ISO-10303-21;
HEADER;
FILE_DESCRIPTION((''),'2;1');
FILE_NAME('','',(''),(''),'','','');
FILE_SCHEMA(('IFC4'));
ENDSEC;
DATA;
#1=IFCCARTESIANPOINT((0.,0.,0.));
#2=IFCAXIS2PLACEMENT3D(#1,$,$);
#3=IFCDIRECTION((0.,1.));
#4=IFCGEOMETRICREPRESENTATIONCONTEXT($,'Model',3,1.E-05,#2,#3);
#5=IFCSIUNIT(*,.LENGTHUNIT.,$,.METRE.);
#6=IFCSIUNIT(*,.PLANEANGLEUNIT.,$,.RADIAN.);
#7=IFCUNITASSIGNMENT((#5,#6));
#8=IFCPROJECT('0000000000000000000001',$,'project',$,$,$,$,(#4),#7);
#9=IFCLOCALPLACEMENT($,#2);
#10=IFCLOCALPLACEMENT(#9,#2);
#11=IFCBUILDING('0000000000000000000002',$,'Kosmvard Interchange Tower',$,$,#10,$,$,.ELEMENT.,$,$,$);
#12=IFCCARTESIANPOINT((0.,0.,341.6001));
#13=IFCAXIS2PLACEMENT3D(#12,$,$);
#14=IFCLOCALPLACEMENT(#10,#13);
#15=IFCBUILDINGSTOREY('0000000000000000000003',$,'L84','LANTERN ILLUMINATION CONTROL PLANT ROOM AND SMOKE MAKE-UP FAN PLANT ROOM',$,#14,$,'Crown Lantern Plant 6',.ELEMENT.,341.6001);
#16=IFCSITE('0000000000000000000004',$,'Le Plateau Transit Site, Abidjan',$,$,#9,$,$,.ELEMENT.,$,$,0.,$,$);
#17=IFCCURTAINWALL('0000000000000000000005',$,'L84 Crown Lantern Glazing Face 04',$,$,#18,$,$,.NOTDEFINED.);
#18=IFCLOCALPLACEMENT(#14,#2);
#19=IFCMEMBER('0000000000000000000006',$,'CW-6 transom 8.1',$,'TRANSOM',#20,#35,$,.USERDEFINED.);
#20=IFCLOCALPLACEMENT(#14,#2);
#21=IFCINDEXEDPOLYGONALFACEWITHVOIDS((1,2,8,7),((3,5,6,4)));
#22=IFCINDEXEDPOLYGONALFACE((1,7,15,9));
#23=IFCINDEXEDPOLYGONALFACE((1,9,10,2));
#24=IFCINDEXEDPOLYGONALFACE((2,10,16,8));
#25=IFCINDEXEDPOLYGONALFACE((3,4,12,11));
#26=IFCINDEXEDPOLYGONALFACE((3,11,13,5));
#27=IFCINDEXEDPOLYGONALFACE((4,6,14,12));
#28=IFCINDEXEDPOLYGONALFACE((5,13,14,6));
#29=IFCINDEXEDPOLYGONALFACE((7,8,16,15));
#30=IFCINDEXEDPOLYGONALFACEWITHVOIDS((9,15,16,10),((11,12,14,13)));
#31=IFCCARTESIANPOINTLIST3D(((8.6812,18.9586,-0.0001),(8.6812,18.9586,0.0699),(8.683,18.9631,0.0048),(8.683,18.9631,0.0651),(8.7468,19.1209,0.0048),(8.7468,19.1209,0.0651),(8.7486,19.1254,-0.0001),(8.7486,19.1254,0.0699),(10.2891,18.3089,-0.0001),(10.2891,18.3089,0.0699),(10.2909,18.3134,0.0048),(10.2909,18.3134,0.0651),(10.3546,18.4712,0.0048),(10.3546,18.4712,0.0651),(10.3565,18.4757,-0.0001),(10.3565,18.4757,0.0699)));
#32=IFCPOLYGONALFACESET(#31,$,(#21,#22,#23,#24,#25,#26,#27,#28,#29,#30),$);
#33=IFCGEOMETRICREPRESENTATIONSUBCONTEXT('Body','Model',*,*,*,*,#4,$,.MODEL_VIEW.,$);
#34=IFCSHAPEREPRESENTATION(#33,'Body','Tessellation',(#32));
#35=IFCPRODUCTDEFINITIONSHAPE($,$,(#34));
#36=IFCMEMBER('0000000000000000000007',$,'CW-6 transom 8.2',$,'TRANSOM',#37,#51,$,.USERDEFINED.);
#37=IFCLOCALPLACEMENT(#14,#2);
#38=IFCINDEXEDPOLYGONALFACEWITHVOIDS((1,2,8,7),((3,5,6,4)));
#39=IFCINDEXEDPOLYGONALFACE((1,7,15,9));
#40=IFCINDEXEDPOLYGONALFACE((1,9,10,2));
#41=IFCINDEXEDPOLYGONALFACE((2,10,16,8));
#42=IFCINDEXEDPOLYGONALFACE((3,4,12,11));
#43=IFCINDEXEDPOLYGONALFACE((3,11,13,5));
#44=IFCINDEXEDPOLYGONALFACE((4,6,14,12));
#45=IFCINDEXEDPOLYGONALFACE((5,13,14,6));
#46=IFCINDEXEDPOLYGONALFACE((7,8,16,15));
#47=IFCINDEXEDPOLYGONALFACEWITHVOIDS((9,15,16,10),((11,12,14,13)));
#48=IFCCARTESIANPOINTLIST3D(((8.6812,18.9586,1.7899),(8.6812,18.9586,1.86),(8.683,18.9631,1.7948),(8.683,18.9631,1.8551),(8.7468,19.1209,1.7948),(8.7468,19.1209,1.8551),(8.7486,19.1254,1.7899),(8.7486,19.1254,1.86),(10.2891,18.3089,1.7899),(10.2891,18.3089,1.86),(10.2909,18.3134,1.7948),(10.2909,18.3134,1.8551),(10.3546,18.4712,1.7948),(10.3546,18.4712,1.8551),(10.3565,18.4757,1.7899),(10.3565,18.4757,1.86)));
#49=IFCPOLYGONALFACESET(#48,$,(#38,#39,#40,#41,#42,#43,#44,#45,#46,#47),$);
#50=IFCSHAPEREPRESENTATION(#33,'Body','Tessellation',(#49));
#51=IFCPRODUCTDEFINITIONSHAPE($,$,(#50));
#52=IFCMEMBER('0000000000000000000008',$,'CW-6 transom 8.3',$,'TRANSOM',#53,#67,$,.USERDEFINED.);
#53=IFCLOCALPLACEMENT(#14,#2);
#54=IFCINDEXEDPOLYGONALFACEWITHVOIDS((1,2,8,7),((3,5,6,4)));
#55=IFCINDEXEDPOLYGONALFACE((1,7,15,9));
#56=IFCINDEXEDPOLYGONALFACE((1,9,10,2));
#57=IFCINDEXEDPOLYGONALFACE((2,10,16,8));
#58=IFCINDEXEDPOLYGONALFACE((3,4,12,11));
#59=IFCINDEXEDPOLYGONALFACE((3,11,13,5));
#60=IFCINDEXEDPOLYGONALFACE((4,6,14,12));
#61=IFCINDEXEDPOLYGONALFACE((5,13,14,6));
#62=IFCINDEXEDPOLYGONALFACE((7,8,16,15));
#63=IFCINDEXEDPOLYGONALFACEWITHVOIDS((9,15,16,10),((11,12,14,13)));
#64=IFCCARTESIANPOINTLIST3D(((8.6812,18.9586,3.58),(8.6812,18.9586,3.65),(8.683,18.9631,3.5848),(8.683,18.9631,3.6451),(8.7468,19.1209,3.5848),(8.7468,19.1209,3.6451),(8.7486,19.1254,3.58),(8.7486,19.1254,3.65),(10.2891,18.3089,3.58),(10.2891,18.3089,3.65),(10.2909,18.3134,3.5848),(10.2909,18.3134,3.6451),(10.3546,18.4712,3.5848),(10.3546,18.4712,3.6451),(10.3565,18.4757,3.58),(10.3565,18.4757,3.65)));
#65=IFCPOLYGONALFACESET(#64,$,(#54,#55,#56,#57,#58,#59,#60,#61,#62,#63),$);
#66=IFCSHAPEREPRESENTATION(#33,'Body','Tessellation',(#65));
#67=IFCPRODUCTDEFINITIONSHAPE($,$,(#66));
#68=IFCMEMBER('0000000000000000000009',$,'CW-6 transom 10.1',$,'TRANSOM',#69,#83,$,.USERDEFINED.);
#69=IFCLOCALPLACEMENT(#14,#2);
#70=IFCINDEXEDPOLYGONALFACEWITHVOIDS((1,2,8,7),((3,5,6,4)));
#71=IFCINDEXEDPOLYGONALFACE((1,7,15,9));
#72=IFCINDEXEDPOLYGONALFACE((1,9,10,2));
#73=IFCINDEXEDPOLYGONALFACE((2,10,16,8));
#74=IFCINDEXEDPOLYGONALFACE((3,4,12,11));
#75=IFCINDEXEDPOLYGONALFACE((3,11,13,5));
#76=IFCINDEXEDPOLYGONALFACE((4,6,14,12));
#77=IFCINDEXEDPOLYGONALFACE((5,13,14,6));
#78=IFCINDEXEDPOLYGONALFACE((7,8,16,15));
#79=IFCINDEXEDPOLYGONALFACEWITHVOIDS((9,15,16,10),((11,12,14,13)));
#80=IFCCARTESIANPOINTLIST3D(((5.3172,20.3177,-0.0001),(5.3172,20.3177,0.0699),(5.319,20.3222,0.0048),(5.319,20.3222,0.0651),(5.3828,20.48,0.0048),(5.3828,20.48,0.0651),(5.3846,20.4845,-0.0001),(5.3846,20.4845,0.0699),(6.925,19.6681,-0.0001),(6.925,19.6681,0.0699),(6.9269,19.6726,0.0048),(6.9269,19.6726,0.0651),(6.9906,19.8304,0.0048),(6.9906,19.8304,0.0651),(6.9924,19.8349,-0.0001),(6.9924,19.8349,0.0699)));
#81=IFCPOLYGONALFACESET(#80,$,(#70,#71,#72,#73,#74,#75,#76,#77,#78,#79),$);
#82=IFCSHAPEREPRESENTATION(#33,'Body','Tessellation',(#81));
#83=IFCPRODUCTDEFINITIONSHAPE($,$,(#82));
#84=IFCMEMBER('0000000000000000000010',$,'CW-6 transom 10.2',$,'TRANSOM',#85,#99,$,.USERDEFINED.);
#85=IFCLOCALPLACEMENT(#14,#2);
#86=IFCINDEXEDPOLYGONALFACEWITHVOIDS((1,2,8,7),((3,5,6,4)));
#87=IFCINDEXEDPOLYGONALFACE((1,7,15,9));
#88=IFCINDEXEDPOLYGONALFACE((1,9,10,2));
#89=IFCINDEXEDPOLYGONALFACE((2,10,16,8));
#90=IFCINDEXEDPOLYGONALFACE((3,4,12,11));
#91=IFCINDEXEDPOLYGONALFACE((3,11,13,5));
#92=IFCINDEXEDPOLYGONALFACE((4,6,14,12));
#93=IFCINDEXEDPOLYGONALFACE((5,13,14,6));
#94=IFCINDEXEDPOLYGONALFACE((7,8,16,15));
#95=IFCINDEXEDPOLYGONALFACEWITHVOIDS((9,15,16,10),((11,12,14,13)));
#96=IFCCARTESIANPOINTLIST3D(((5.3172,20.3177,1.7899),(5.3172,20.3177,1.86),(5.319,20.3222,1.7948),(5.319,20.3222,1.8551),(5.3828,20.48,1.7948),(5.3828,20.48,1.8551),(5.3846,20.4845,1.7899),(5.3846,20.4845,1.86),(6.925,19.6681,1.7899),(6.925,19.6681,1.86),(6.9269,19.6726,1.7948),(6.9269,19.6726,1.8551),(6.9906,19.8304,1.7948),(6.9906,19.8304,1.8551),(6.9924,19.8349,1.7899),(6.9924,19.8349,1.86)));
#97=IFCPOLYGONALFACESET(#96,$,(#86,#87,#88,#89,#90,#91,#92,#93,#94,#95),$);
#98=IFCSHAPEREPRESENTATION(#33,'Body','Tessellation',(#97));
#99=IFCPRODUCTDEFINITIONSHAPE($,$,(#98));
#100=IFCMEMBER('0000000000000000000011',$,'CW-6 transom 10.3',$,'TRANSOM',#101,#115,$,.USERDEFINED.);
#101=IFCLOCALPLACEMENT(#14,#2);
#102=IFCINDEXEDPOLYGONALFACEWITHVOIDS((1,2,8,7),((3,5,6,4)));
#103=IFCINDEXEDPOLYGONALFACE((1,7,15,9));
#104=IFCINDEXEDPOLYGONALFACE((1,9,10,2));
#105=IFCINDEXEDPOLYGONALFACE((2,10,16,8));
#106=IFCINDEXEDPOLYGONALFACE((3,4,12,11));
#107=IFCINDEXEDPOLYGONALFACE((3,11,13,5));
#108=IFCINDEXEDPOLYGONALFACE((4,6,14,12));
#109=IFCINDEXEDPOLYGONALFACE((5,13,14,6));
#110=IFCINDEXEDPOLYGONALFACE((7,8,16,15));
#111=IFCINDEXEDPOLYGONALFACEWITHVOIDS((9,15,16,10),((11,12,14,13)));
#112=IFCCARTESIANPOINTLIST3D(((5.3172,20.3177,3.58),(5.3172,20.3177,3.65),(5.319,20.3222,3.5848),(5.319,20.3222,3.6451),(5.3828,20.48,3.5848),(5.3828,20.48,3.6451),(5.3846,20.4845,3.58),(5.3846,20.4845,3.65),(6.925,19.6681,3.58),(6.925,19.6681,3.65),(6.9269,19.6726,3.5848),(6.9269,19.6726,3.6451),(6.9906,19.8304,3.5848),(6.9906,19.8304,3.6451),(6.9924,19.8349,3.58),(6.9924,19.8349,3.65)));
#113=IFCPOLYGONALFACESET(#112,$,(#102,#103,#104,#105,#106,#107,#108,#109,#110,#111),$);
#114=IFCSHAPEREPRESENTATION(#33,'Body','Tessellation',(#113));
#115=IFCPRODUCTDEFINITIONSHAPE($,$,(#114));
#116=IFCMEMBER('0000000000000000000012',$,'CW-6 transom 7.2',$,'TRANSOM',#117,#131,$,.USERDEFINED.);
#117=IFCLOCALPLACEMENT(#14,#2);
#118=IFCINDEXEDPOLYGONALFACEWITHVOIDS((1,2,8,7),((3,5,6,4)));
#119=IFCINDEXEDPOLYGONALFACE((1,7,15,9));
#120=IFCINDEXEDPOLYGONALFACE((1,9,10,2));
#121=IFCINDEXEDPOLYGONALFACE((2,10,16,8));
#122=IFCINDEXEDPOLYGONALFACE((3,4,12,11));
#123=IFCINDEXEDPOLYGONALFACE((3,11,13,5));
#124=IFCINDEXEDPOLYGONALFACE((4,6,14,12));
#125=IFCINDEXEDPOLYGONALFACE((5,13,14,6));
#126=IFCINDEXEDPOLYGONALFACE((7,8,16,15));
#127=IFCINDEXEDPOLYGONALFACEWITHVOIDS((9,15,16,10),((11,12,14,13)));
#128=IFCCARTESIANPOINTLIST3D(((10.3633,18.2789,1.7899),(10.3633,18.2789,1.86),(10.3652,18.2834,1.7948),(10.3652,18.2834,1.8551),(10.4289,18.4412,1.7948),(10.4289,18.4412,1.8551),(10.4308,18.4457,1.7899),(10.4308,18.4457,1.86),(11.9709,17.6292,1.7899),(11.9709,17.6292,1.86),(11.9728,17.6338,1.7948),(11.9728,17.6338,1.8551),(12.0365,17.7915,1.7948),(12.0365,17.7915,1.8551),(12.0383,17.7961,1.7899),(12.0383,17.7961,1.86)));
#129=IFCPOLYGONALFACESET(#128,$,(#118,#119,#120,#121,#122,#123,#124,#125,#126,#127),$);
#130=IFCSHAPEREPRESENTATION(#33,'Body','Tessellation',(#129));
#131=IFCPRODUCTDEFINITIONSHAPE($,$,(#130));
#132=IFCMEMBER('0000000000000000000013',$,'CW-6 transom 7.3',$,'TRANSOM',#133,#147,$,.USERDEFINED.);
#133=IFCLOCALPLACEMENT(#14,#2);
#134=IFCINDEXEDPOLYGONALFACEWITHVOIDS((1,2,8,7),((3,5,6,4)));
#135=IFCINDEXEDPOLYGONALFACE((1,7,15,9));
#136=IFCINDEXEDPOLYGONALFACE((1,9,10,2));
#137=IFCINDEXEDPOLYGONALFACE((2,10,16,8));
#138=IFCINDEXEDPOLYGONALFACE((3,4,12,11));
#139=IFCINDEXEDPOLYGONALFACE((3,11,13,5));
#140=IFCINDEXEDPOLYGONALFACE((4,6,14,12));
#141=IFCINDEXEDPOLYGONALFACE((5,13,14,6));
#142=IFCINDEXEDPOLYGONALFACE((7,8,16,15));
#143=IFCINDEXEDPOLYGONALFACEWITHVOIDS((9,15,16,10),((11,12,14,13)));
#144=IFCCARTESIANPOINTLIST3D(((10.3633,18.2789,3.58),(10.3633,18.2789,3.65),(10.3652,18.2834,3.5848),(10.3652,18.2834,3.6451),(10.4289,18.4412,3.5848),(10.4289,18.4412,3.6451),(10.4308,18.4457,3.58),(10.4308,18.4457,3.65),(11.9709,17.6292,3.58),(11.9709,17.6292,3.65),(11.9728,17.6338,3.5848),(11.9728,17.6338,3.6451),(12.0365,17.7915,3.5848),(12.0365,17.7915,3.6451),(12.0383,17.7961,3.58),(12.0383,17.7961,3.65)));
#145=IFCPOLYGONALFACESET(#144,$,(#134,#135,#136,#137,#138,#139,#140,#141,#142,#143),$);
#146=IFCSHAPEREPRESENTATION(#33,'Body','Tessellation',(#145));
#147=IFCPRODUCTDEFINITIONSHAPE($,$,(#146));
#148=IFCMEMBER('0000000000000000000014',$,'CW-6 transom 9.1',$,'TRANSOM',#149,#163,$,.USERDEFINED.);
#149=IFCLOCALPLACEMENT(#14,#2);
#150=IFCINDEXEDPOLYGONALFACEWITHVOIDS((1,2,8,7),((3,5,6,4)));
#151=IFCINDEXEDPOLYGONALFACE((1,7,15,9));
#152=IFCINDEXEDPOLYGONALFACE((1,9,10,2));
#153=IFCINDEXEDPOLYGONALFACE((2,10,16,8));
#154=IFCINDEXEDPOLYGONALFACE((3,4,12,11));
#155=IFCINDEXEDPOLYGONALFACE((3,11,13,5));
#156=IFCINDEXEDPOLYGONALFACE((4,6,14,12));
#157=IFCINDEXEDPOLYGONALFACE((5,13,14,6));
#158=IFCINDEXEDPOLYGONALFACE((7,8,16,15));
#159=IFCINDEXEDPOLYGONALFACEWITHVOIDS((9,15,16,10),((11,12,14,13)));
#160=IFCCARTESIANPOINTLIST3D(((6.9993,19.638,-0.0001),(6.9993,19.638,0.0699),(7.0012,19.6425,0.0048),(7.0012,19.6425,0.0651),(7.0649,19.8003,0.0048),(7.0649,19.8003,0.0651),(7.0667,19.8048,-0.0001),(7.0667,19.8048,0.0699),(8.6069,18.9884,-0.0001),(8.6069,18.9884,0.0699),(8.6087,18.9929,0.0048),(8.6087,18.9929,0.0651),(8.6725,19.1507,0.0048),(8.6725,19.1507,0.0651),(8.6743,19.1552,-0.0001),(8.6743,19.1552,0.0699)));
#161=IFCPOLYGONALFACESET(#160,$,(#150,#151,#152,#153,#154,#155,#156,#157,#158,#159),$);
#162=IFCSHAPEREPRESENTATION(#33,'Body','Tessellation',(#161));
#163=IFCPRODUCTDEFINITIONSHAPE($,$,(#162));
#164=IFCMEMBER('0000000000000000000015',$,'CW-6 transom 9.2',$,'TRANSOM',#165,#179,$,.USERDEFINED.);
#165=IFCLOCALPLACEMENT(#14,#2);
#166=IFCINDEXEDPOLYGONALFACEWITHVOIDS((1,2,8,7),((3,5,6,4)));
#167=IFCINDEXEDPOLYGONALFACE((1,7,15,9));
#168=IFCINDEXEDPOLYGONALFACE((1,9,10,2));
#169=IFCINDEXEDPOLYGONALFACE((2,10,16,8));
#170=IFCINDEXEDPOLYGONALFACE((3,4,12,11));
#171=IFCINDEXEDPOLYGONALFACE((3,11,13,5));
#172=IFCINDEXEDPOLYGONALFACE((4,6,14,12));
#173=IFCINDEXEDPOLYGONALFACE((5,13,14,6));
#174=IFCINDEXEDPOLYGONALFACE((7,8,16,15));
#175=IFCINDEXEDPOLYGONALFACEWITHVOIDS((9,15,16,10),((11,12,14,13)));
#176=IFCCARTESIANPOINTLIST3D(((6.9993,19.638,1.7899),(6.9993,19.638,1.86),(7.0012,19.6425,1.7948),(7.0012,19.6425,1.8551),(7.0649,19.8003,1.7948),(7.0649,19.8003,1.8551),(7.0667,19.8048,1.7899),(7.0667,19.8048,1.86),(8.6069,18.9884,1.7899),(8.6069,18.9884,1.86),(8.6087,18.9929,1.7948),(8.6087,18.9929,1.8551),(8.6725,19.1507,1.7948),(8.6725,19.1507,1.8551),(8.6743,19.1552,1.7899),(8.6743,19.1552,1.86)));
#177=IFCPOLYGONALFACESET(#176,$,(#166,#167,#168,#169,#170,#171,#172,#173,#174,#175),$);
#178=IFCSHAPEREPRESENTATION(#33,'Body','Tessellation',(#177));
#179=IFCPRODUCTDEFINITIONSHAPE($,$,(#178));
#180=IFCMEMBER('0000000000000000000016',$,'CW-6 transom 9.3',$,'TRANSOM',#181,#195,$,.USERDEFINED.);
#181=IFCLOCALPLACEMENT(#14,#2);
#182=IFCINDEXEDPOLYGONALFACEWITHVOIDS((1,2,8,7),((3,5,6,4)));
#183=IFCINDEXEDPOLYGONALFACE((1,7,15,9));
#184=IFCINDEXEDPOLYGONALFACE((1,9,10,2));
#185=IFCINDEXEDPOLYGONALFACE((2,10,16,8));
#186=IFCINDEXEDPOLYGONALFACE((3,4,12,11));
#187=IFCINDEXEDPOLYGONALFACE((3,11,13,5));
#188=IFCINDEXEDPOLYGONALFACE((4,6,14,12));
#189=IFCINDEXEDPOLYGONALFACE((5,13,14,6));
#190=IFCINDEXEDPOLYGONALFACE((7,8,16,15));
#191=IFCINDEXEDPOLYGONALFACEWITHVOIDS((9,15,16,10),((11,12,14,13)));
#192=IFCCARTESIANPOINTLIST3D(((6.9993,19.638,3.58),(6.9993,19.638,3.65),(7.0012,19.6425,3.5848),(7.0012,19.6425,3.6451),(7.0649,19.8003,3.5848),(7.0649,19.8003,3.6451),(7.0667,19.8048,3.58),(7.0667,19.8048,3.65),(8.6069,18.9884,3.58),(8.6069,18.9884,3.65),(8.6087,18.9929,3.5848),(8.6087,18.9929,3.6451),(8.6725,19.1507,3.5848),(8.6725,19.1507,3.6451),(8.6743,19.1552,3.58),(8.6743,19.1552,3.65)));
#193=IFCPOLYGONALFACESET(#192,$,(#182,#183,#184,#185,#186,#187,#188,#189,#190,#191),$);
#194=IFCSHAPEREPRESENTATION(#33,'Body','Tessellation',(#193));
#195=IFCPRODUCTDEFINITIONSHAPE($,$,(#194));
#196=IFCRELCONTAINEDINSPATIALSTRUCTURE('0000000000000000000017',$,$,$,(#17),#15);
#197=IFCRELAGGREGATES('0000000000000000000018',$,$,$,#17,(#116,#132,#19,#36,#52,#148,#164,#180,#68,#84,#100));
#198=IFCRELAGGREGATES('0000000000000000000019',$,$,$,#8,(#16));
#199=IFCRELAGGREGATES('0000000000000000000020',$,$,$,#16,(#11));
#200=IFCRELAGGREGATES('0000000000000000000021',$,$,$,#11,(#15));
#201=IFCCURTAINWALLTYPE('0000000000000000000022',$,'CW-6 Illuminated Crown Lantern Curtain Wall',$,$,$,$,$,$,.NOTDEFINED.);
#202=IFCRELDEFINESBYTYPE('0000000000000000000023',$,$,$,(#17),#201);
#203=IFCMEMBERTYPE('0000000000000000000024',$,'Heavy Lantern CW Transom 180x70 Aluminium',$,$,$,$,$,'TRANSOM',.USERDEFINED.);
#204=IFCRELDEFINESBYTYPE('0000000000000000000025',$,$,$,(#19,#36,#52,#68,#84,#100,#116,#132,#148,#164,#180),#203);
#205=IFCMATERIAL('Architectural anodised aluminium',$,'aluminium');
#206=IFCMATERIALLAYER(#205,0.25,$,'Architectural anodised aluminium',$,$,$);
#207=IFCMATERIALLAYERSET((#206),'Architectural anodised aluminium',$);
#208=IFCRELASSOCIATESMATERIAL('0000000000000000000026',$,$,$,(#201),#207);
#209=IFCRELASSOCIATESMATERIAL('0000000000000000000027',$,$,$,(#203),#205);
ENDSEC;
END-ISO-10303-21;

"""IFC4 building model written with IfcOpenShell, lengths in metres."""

from ifc_helpers import new_model, si_unit, direction, frame, origin, origin_2d, place, context, subcontext, project, spatial, hollow_rectangle, extrude, source, transform, mapped, material, layer, layer_set, material_profile, profile_set, type_object, element, aggregate, save


model = new_model("IFC4")

# Units and contexts
model_context = context("Model", 3, precision=1e-05, world=origin(), true_north=direction((0.0, 1.0)))
body_context = subcontext(model_context, "Body", "Model", "MODEL_VIEW")
ifc_project = project(units=[si_unit("LENGTHUNIT", "METRE"), si_unit("PLANEANGLEUNIT", "RADIAN")], contexts=[model_context])

# Site, building, storey
site_placement = place(None, origin())
site = spatial("IfcSite", under=ifc_project, at=site_placement, Name="Le Plateau Transit Site, Abidjan", CompositionType="ELEMENT", RefElevation=0.0)
building_placement = place(site_placement, origin())
building = spatial("IfcBuilding", under=site, at=building_placement, Name="Kosmvard Interchange Tower", CompositionType="ELEMENT")
storey_placement = place(building_placement, frame((0.0, 0.0, 341.6001)))
storey = spatial("IfcBuildingStorey", under=building, at=storey_placement, Name="L84", Description="LANTERN ILLUMINATION CONTROL PLANT ROOM AND SMOKE MAKE-UP FAN PLANT ROOM", LongName="Crown Lantern Plant 6", CompositionType="ELEMENT", Elevation=341.6001)

# Curtain wall, members
ifc_material_1 = material(Name="Architectural anodised aluminium", Category="aluminium")
ifc_layer_1 = layer(ifc_material_1, 0.25, Name="Architectural anodised aluminium")
ifc_layer_set_1 = layer_set([ifc_layer_1], Name="Architectural anodised aluminium")
curtain_wall_type = type_object("IfcCurtainWallType", Name="CW-6 Illuminated Crown Lantern Curtain Wall", PredefinedType="NOTDEFINED", material=ifc_layer_set_1)
curtain_wall_placement = place(storey_placement, origin())
curtain_wall = element("IfcCurtainWall", 1, at=curtain_wall_placement, inside=storey, type_object=curtain_wall_type, Name="L84 Crown Lantern Glazing Face 04", PredefinedType="NOTDEFINED")
ifc_material_profile_1 = material_profile(ifc_material_1, hollow_rectangle(XDim=0.1799, YDim=0.0701, WallThickness=0.0049, at=origin_2d()), Name="CWT 180x70x5")
ifc_profile_set_1 = profile_set([ifc_material_profile_1], Name="Architectural anodised aluminium")
member_type_1 = type_object("IfcMemberType", Name="Heavy Lantern CW Transom 180x70 Aluminium", ElementType="TRANSOM", PredefinedType="USERDEFINED", material=ifc_profile_set_1)
shared_shape_1 = source(origin(), body_context, "Body", "SweptSolid", [
    extrude(hollow_rectangle(XDim=0.1799, YDim=0.0701, WallThickness=0.0049, at=origin_2d()), origin(), (0.0, 0.0, 1.0), 1.7341),
])
member_1_placement = place(storey_placement, frame((10.3228, 18.3923, 0.0349), z_axis=(-0.92718, 0.374617, 0.0), x_axis=(-0.374617, -0.92718, 0.0)))
member_1 = element("IfcMember", 2, at=member_1_placement, type_object=member_type_1, Name="CW-6 transom 8.1", ObjectType="TRANSOM", PredefinedType="USERDEFINED", context=body_context, shape_type="MappedRepresentation", body=[
    mapped(shared_shape_1, transform((0.0, 0.0, 0.0), scale=1.0)),
])
member_2_placement = place(storey_placement, frame((10.3228, 18.3923, 1.825), z_axis=(-0.92718, 0.374617, 0.0), x_axis=(-0.374617, -0.92718, 0.0)))
member_2 = element("IfcMember", 3, at=member_2_placement, type_object=member_type_1, Name="CW-6 transom 8.2", ObjectType="TRANSOM", PredefinedType="USERDEFINED", context=body_context, shape_type="MappedRepresentation", body=[
    mapped(shared_shape_1, transform((0.0, 0.0, 0.0), scale=1.0)),
])
member_3_placement = place(storey_placement, frame((10.3228, 18.3923, 3.615), z_axis=(-0.92718, 0.374617, 0.0), x_axis=(-0.374617, -0.92718, 0.0)))
member_3 = element("IfcMember", 4, at=member_3_placement, type_object=member_type_1, Name="CW-6 transom 8.3", ObjectType="TRANSOM", PredefinedType="USERDEFINED", context=body_context, shape_type="MappedRepresentation", body=[
    mapped(shared_shape_1, transform((0.0, 0.0, 0.0), scale=1.0)),
])
member_4_placement = place(storey_placement, frame((6.9587, 19.7515, 0.0349), z_axis=(-0.92718, 0.374617, 0.0), x_axis=(-0.374617, -0.92718, 0.0)))
member_4 = element("IfcMember", 5, at=member_4_placement, type_object=member_type_1, Name="CW-6 transom 10.1", ObjectType="TRANSOM", PredefinedType="USERDEFINED", context=body_context, shape_type="MappedRepresentation", body=[
    mapped(shared_shape_1, transform((0.0, 0.0, 0.0), scale=1.0)),
])
member_5_placement = place(storey_placement, frame((6.9587, 19.7515, 1.825), z_axis=(-0.92718, 0.374617, 0.0), x_axis=(-0.374617, -0.92718, 0.0)))
member_5 = element("IfcMember", 6, at=member_5_placement, type_object=member_type_1, Name="CW-6 transom 10.2", ObjectType="TRANSOM", PredefinedType="USERDEFINED", context=body_context, shape_type="MappedRepresentation", body=[
    mapped(shared_shape_1, transform((0.0, 0.0, 0.0), scale=1.0)),
])
member_6_placement = place(storey_placement, frame((6.9587, 19.7515, 3.615), z_axis=(-0.92718, 0.374617, 0.0), x_axis=(-0.374617, -0.92718, 0.0)))
member_6 = element("IfcMember", 7, at=member_6_placement, type_object=member_type_1, Name="CW-6 transom 10.3", ObjectType="TRANSOM", PredefinedType="USERDEFINED", context=body_context, shape_type="MappedRepresentation", body=[
    mapped(shared_shape_1, transform((0.0, 0.0, 0.0), scale=1.0)),
])
shared_shape_2 = source(origin(), body_context, "Body", "SweptSolid", [
    extrude(hollow_rectangle(XDim=0.1799, YDim=0.0701, WallThickness=0.0049, at=origin_2d()), origin(), (0.0, 0.0, 1.0), 1.7339),
])
member_7_placement = place(storey_placement, frame((12.0046, 17.7126, 1.825), z_axis=(-0.92716, 0.374666, 0.0), x_axis=(-0.374666, -0.92716, 0.0)))
member_7 = element("IfcMember", 8, at=member_7_placement, type_object=member_type_1, Name="CW-6 transom 7.2", ObjectType="TRANSOM", PredefinedType="USERDEFINED", context=body_context, shape_type="MappedRepresentation", body=[
    mapped(shared_shape_2, transform((0.0, 0.0, 0.0), scale=1.0)),
])
member_8_placement = place(storey_placement, frame((12.0046, 17.7126, 3.615), z_axis=(-0.92716, 0.374666, 0.0), x_axis=(-0.374666, -0.92716, 0.0)))
member_8 = element("IfcMember", 9, at=member_8_placement, type_object=member_type_1, Name="CW-6 transom 7.3", ObjectType="TRANSOM", PredefinedType="USERDEFINED", context=body_context, shape_type="MappedRepresentation", body=[
    mapped(shared_shape_2, transform((0.0, 0.0, 0.0), scale=1.0)),
])
member_9_placement = place(storey_placement, frame((8.6406, 19.0718, 0.0349), z_axis=(-0.92716, 0.374666, 0.0), x_axis=(-0.374666, -0.92716, 0.0)))
member_9 = element("IfcMember", 10, at=member_9_placement, type_object=member_type_1, Name="CW-6 transom 9.1", ObjectType="TRANSOM", PredefinedType="USERDEFINED", context=body_context, shape_type="MappedRepresentation", body=[
    mapped(shared_shape_2, transform((0.0, 0.0, 0.0), scale=1.0)),
])
member_10_placement = place(storey_placement, frame((8.6406, 19.0718, 1.825), z_axis=(-0.92716, 0.374666, 0.0), x_axis=(-0.374666, -0.92716, 0.0)))
member_10 = element("IfcMember", 11, at=member_10_placement, type_object=member_type_1, Name="CW-6 transom 9.2", ObjectType="TRANSOM", PredefinedType="USERDEFINED", context=body_context, shape_type="MappedRepresentation", body=[
    mapped(shared_shape_2, transform((0.0, 0.0, 0.0), scale=1.0)),
])
member_11_placement = place(storey_placement, frame((8.6406, 19.0718, 3.615), z_axis=(-0.92716, 0.374666, 0.0), x_axis=(-0.374666, -0.92716, 0.0)))
member_11 = element("IfcMember", 12, at=member_11_placement, type_object=member_type_1, Name="CW-6 transom 9.3", ObjectType="TRANSOM", PredefinedType="USERDEFINED", context=body_context, shape_type="MappedRepresentation", body=[
    mapped(shared_shape_2, transform((0.0, 0.0, 0.0), scale=1.0)),
])
aggregate(curtain_wall, [member_7, member_8, member_1, member_2, member_3, member_9, member_10, member_11, member_4, member_5, member_6])

save(model, "model.ifc")
